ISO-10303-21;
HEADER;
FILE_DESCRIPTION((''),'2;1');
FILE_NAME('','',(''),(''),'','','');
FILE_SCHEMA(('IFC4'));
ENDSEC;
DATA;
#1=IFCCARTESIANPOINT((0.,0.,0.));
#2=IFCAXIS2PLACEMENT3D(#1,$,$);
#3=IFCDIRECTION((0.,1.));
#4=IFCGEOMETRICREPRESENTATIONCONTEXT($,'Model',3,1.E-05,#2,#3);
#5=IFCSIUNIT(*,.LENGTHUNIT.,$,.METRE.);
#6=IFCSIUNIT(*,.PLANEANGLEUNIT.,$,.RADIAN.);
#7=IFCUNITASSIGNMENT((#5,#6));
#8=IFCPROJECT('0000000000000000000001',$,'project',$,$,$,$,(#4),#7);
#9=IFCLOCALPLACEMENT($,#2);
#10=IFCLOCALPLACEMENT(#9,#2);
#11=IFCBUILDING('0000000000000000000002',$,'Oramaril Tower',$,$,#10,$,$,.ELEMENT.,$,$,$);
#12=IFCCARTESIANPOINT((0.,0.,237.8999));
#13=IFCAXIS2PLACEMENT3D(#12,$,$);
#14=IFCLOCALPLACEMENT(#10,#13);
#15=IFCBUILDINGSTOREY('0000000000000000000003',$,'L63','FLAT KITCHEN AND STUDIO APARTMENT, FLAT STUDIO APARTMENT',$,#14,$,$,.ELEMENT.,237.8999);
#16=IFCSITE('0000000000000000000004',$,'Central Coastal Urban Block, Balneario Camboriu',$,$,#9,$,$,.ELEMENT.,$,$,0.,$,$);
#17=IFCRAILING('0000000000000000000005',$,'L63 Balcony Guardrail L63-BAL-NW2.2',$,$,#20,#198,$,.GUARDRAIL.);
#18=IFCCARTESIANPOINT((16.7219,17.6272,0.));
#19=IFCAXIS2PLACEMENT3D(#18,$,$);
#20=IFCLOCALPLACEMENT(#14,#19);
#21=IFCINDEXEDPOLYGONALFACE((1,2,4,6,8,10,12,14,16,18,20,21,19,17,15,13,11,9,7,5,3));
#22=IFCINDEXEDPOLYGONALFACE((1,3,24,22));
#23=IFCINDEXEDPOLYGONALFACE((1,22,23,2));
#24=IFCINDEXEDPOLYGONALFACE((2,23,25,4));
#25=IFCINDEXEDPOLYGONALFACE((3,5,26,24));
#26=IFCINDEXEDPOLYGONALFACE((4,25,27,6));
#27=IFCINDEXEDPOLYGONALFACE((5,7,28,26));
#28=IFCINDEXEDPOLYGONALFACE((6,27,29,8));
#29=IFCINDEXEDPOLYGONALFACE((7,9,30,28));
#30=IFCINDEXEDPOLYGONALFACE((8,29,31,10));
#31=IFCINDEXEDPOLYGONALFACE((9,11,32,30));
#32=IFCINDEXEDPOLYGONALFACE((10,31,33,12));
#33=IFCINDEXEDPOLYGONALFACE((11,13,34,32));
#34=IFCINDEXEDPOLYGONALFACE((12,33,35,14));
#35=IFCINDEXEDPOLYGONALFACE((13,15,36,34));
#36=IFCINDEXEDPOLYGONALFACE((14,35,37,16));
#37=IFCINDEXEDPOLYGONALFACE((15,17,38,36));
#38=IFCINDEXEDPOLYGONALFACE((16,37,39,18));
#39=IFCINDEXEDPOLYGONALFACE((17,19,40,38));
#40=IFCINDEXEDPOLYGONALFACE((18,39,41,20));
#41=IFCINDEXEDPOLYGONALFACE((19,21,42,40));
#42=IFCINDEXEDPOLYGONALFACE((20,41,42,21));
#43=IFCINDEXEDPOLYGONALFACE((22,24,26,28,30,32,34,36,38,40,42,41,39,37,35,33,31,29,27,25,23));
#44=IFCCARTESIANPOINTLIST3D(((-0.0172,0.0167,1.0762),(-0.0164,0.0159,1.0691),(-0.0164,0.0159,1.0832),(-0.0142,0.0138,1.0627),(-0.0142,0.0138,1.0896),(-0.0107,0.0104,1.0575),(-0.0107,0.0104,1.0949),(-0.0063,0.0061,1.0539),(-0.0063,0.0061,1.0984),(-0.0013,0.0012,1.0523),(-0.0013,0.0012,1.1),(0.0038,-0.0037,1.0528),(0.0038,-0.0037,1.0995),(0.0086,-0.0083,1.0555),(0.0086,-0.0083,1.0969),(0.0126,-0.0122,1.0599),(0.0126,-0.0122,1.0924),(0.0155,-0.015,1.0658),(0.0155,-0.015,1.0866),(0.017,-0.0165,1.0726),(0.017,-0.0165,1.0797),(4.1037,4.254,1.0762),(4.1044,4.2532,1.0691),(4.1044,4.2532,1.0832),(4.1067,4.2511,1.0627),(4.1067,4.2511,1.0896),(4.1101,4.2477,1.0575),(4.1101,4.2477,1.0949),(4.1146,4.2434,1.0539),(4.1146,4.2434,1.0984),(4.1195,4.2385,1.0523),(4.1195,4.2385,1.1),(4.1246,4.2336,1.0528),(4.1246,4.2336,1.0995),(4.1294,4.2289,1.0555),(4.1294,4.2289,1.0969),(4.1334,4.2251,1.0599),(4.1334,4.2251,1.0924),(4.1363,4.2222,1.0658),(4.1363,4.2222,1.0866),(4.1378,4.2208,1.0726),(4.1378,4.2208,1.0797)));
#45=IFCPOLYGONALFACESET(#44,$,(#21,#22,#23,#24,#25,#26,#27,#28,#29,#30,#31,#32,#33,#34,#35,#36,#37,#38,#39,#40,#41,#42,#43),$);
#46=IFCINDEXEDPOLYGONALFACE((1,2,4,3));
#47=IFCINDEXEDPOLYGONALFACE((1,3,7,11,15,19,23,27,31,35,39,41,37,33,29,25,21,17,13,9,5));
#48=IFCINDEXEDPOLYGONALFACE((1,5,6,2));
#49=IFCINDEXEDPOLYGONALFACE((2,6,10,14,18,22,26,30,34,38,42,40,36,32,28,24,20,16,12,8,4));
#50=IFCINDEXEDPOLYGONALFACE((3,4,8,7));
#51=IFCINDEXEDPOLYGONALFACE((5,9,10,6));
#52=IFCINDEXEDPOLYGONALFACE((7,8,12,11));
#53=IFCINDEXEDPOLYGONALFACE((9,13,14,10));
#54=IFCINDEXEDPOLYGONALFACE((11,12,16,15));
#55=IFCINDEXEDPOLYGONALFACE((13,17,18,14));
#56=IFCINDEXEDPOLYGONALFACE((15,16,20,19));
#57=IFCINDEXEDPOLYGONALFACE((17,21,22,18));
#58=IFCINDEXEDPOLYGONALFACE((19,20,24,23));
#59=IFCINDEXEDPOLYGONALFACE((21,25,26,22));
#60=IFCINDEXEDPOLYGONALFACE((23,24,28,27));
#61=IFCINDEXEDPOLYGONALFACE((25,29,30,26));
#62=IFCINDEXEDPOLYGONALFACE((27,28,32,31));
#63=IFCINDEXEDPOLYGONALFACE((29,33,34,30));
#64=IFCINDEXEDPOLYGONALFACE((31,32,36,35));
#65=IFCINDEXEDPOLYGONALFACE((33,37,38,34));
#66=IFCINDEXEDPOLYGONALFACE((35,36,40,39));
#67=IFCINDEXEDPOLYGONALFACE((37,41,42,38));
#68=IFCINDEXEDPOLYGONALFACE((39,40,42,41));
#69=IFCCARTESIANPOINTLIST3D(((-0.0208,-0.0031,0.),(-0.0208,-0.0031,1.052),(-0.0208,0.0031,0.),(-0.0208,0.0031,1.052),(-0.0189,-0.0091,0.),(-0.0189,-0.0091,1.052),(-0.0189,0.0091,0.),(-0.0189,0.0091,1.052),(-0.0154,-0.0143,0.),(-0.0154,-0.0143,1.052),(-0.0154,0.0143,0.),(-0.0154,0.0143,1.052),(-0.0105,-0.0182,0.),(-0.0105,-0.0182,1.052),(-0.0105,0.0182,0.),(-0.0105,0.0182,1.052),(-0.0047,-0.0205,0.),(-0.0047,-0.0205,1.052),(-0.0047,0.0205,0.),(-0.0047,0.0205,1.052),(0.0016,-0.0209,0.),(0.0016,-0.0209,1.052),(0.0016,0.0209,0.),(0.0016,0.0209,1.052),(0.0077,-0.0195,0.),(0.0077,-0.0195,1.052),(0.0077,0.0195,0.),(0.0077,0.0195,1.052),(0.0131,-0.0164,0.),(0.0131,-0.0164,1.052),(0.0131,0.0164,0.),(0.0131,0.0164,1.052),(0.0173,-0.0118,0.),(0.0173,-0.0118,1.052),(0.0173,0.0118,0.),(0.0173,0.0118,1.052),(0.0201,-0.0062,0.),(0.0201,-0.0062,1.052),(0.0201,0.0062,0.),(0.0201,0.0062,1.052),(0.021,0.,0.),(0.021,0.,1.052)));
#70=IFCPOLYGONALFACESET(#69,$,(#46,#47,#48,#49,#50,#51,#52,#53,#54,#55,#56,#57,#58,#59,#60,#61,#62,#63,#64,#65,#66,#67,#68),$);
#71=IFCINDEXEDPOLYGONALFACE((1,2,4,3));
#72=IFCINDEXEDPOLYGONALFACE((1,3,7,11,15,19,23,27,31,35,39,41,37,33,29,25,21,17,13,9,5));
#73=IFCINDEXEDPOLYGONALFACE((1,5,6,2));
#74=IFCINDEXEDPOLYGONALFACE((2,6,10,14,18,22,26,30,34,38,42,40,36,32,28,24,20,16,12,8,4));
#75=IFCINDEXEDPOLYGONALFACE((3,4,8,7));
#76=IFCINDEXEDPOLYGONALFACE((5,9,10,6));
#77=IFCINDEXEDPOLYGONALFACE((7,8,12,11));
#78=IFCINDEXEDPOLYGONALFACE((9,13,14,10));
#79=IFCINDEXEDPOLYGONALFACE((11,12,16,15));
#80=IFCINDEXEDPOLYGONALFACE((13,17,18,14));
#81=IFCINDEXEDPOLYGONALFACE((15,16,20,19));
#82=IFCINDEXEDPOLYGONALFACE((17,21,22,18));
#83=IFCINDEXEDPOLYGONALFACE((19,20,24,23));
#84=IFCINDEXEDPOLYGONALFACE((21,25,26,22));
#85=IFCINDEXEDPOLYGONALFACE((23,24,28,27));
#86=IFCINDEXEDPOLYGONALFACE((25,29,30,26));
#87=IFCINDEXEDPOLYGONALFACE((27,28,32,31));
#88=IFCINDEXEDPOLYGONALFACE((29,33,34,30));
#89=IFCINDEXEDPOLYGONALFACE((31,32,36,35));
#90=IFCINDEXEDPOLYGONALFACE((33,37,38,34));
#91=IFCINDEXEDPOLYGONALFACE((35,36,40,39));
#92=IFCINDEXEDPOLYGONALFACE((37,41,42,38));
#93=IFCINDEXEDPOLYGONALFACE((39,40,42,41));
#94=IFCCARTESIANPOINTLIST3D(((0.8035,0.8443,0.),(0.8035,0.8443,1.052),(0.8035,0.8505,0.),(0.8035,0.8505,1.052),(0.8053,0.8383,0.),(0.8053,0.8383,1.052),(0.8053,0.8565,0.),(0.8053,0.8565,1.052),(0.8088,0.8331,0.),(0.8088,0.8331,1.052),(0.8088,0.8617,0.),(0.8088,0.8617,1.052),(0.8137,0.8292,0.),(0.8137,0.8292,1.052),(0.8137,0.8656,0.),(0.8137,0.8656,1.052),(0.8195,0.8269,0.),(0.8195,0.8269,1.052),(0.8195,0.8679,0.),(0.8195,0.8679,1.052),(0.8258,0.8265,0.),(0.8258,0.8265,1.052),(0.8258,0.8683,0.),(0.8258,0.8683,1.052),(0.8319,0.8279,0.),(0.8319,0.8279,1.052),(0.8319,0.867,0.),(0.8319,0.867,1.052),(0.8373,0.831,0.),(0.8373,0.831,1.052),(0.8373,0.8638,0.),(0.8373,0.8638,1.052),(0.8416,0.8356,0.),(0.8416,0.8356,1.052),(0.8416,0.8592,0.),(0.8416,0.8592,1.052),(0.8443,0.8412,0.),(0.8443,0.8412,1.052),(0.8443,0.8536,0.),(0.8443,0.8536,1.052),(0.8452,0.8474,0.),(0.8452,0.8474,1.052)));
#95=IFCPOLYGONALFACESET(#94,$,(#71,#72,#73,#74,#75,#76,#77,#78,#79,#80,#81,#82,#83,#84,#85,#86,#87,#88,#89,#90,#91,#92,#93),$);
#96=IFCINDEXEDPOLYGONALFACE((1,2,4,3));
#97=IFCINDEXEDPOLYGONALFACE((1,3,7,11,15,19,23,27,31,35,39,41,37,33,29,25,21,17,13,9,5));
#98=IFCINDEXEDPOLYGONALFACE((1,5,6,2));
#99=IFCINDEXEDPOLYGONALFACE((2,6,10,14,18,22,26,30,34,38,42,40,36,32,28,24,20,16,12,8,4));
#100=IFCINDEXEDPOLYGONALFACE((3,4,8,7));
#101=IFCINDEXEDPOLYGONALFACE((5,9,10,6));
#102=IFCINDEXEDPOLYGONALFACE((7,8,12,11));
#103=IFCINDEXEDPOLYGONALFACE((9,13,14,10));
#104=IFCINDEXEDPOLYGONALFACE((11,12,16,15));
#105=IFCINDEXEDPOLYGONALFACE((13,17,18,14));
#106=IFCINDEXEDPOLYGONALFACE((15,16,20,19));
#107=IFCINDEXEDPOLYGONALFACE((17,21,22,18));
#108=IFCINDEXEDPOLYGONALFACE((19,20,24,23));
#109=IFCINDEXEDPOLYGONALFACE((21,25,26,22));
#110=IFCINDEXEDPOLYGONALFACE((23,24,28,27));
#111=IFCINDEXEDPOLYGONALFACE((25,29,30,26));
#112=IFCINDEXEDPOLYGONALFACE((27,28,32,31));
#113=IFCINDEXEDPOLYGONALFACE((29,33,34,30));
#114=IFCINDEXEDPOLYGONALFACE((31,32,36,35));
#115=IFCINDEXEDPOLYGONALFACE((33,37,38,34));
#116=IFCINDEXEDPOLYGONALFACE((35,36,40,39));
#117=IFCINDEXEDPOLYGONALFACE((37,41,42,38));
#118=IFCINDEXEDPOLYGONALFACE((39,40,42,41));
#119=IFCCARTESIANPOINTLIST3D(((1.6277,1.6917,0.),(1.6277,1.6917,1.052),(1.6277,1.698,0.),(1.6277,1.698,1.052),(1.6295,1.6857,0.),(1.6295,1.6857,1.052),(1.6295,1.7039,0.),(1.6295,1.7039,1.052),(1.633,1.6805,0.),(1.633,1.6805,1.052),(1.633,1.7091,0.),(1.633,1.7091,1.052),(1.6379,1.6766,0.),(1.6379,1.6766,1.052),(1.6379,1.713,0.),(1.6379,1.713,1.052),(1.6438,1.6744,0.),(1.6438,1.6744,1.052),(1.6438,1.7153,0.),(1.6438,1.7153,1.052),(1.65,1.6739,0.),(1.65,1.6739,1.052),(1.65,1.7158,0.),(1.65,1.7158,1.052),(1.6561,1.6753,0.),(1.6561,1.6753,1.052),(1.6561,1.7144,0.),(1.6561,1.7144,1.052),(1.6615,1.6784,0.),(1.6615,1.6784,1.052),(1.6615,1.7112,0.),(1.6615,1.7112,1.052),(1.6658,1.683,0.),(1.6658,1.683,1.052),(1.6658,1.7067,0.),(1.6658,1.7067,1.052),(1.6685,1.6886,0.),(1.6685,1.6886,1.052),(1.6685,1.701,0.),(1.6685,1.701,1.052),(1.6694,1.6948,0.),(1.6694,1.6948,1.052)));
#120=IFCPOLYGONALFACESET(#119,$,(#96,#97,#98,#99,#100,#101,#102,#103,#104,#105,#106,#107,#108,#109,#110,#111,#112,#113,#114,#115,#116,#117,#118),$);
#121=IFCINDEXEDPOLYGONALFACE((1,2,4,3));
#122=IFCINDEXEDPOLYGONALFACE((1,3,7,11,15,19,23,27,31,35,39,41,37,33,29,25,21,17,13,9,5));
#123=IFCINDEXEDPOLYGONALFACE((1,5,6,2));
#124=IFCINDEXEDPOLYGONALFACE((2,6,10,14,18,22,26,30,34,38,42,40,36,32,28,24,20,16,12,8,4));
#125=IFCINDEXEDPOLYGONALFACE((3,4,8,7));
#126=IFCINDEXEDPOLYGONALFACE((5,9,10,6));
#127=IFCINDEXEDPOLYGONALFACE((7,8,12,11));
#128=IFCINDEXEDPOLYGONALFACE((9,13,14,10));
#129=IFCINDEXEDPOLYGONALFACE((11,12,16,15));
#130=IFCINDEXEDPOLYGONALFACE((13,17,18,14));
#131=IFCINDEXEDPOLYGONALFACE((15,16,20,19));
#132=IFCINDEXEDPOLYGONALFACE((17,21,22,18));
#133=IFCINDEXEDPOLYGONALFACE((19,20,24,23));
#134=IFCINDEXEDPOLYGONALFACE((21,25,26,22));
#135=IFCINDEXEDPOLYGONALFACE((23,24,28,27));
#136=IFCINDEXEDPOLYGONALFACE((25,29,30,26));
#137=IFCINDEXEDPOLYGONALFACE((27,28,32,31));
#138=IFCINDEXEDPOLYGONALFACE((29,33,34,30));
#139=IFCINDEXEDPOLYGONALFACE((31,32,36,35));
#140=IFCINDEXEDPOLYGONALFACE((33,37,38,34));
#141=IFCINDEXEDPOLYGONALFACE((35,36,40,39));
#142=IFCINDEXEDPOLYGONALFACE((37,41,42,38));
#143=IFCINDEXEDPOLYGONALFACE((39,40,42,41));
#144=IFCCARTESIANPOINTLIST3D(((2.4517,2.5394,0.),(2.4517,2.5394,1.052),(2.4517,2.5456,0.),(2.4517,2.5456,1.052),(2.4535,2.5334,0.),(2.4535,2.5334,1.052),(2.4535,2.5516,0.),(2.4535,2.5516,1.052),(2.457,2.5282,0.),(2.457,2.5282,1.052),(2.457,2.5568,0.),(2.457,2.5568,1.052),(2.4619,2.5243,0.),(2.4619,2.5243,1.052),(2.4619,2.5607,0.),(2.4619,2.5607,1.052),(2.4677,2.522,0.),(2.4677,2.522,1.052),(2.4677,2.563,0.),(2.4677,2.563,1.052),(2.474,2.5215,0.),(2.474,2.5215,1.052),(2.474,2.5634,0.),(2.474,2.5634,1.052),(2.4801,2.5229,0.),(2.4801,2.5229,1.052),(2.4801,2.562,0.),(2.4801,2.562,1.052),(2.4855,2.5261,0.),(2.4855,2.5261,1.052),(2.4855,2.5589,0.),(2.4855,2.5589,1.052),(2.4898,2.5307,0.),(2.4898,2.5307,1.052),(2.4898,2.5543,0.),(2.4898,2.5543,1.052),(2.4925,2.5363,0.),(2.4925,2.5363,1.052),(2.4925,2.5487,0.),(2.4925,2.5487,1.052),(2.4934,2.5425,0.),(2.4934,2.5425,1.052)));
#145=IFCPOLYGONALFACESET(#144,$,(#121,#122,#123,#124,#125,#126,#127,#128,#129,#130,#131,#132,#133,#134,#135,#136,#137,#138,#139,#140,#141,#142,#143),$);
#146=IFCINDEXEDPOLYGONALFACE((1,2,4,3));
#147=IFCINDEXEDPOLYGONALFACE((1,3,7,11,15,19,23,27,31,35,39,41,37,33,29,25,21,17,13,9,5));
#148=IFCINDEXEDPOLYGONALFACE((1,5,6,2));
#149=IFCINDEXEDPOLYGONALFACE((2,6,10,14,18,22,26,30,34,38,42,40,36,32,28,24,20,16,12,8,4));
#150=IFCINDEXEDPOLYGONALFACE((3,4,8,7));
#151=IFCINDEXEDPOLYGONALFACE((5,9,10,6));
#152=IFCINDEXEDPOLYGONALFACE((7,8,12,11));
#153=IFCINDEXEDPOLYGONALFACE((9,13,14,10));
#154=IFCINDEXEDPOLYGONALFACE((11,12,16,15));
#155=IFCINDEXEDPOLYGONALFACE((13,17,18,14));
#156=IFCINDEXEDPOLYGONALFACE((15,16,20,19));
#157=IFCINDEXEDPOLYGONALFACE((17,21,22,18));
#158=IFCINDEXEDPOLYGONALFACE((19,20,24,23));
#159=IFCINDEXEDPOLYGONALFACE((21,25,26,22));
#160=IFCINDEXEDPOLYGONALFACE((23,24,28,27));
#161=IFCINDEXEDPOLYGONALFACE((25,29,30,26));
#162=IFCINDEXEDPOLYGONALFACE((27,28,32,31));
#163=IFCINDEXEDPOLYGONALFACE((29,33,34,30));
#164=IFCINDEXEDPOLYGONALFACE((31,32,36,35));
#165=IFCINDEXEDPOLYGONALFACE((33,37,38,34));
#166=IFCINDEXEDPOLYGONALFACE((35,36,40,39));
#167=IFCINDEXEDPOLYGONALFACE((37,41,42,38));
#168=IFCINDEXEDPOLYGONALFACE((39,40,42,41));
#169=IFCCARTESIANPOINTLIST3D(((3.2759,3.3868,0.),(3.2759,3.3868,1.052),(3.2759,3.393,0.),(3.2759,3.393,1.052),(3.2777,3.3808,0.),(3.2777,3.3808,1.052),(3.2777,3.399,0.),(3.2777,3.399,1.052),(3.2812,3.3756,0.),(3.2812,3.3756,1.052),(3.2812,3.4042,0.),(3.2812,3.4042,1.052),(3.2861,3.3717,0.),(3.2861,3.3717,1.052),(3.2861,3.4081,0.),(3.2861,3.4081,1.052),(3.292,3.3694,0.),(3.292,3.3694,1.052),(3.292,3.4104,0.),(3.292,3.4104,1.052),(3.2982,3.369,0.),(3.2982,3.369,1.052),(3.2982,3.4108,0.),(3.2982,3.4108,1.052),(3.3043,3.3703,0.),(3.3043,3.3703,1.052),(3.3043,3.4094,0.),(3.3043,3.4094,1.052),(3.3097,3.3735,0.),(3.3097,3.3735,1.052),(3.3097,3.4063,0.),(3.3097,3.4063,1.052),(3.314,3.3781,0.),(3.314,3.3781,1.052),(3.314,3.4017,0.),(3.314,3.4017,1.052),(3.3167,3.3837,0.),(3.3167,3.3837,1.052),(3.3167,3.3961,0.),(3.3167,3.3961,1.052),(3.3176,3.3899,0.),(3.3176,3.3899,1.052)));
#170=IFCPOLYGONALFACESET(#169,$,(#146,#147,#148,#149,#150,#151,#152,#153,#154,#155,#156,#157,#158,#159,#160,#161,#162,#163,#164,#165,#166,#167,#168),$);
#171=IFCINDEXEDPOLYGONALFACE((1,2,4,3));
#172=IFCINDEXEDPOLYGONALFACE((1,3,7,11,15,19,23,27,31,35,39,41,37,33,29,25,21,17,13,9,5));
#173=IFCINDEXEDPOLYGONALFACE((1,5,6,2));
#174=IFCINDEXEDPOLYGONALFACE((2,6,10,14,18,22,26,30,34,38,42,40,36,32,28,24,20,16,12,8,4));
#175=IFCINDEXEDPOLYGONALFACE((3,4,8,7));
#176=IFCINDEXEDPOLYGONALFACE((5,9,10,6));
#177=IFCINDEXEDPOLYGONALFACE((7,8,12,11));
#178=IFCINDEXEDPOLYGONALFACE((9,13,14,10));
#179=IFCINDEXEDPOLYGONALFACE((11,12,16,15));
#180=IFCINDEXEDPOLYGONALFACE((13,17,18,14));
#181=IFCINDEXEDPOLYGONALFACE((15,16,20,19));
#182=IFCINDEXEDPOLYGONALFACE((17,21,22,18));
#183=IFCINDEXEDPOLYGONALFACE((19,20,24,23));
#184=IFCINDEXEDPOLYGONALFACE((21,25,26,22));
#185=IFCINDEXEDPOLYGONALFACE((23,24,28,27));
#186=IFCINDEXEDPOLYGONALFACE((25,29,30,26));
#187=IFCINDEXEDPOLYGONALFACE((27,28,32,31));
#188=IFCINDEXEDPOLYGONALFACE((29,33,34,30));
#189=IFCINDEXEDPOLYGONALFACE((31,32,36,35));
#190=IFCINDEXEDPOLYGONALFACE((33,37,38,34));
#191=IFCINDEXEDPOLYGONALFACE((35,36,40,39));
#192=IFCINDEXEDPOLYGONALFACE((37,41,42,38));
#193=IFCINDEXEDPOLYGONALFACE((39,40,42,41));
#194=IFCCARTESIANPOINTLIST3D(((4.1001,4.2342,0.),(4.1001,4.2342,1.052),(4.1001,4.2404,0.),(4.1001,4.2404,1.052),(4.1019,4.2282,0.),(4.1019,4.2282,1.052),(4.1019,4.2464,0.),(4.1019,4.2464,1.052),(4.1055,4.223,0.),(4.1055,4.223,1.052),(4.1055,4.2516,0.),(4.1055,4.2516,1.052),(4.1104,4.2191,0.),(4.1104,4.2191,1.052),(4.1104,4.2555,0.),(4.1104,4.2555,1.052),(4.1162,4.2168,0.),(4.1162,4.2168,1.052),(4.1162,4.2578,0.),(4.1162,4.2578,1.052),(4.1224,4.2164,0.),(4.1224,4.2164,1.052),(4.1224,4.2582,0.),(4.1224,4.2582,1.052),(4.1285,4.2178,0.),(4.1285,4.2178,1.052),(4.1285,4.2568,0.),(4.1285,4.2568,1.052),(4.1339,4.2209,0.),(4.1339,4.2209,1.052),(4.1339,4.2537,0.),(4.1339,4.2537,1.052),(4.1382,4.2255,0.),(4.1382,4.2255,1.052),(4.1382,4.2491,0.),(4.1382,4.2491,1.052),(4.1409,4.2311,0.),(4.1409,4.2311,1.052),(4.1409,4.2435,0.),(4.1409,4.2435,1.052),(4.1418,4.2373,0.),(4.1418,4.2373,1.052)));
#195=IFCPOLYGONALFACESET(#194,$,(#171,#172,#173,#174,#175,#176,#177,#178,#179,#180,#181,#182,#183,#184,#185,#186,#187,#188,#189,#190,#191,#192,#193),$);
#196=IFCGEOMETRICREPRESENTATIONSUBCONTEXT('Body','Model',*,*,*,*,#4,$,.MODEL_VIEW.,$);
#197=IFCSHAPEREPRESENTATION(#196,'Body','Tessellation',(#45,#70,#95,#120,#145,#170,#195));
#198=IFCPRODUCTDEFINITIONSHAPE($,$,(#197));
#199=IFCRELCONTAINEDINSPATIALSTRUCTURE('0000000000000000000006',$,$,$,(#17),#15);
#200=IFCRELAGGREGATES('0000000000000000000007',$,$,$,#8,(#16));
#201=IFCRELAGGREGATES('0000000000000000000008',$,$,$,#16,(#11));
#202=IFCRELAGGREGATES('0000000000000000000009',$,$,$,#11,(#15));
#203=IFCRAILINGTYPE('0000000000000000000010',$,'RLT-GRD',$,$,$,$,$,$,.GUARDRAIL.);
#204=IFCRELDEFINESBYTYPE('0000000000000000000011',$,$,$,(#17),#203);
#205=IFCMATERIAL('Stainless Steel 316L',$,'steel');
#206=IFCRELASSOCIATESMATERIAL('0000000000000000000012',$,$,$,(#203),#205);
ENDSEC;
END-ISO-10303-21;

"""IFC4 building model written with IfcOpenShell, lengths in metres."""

from ifc_helpers import new_model, si_unit, direction, frame, origin, origin_2d, place, context, subcontext, project, spatial, circle, extrude, material, type_object, element, save


model = new_model("IFC4")

# Units and contexts
model_context = context("Model", 3, precision=1e-05, world=origin(), true_north=direction((0.0, 1.0)))
body_context = subcontext(model_context, "Body", "Model", "MODEL_VIEW")
ifc_project = project(units=[si_unit("LENGTHUNIT", "METRE"), si_unit("PLANEANGLEUNIT", "RADIAN")], contexts=[model_context])

# Site, building, storey
site_placement = place(None, origin())
site = spatial("IfcSite", under=ifc_project, at=site_placement, Name="Central Coastal Urban Block, Balneario Camboriu", CompositionType="ELEMENT", RefElevation=0.0)
building_placement = place(site_placement, origin())
building = spatial("IfcBuilding", under=site, at=building_placement, Name="Oramaril Tower", CompositionType="ELEMENT")
storey_placement = place(building_placement, frame((0.0, 0.0, 237.8999)))
storey = spatial("IfcBuildingStorey", under=building, at=storey_placement, Name="L63", Description="FLAT KITCHEN AND STUDIO APARTMENT, FLAT STUDIO APARTMENT", CompositionType="ELEMENT", Elevation=237.8999)

# Railing
ifc_material_1 = material(Name="Stainless Steel 316L", Category="steel")
railing_type = type_object("IfcRailingType", Name="RLT-GRD", PredefinedType="GUARDRAIL", material=ifc_material_1)
railing_1_placement = place(storey_placement, frame((16.7219, 17.6272, 0.0)))
element("IfcRailing", 1, at=railing_1_placement, inside=storey, type_object=railing_type, Name="L63 Balcony Guardrail L63-BAL-NW2.2", PredefinedType="GUARDRAIL", context=body_context, shape_type="SweptSolid", body=[
    extrude(circle(Radius=0.0239, at=origin_2d()), frame((0.0, 0.0, 1.0762), z_axis=(0.697187, 0.716889, 0.0), x_axis=(-0.716889, 0.697187, 0.0)), (0.0, 0.0, 1.0), 5.9106),
    extrude(circle(Radius=0.021, at=origin_2d()), origin(), (0.0, 0.0, 1.0), 1.052),
    extrude(circle(Radius=0.021, at=origin_2d()), frame((0.8242, 0.8474, 0.0)), (0.0, 0.0, 1.0), 1.052),
    extrude(circle(Radius=0.021, at=origin_2d()), frame((1.6484, 1.6948, 0.0)), (0.0, 0.0, 1.0), 1.052),
    extrude(circle(Radius=0.021, at=origin_2d()), frame((2.4724, 2.5425, 0.0)), (0.0, 0.0, 1.0), 1.052),
    extrude(circle(Radius=0.021, at=origin_2d()), frame((3.2966, 3.3899, 0.0)), (0.0, 0.0, 1.0), 1.052),
    extrude(circle(Radius=0.021, at=origin_2d()), frame((4.1208, 4.2373, 0.0)), (0.0, 0.0, 1.0), 1.052),
])

save(model, "model.ifc")
